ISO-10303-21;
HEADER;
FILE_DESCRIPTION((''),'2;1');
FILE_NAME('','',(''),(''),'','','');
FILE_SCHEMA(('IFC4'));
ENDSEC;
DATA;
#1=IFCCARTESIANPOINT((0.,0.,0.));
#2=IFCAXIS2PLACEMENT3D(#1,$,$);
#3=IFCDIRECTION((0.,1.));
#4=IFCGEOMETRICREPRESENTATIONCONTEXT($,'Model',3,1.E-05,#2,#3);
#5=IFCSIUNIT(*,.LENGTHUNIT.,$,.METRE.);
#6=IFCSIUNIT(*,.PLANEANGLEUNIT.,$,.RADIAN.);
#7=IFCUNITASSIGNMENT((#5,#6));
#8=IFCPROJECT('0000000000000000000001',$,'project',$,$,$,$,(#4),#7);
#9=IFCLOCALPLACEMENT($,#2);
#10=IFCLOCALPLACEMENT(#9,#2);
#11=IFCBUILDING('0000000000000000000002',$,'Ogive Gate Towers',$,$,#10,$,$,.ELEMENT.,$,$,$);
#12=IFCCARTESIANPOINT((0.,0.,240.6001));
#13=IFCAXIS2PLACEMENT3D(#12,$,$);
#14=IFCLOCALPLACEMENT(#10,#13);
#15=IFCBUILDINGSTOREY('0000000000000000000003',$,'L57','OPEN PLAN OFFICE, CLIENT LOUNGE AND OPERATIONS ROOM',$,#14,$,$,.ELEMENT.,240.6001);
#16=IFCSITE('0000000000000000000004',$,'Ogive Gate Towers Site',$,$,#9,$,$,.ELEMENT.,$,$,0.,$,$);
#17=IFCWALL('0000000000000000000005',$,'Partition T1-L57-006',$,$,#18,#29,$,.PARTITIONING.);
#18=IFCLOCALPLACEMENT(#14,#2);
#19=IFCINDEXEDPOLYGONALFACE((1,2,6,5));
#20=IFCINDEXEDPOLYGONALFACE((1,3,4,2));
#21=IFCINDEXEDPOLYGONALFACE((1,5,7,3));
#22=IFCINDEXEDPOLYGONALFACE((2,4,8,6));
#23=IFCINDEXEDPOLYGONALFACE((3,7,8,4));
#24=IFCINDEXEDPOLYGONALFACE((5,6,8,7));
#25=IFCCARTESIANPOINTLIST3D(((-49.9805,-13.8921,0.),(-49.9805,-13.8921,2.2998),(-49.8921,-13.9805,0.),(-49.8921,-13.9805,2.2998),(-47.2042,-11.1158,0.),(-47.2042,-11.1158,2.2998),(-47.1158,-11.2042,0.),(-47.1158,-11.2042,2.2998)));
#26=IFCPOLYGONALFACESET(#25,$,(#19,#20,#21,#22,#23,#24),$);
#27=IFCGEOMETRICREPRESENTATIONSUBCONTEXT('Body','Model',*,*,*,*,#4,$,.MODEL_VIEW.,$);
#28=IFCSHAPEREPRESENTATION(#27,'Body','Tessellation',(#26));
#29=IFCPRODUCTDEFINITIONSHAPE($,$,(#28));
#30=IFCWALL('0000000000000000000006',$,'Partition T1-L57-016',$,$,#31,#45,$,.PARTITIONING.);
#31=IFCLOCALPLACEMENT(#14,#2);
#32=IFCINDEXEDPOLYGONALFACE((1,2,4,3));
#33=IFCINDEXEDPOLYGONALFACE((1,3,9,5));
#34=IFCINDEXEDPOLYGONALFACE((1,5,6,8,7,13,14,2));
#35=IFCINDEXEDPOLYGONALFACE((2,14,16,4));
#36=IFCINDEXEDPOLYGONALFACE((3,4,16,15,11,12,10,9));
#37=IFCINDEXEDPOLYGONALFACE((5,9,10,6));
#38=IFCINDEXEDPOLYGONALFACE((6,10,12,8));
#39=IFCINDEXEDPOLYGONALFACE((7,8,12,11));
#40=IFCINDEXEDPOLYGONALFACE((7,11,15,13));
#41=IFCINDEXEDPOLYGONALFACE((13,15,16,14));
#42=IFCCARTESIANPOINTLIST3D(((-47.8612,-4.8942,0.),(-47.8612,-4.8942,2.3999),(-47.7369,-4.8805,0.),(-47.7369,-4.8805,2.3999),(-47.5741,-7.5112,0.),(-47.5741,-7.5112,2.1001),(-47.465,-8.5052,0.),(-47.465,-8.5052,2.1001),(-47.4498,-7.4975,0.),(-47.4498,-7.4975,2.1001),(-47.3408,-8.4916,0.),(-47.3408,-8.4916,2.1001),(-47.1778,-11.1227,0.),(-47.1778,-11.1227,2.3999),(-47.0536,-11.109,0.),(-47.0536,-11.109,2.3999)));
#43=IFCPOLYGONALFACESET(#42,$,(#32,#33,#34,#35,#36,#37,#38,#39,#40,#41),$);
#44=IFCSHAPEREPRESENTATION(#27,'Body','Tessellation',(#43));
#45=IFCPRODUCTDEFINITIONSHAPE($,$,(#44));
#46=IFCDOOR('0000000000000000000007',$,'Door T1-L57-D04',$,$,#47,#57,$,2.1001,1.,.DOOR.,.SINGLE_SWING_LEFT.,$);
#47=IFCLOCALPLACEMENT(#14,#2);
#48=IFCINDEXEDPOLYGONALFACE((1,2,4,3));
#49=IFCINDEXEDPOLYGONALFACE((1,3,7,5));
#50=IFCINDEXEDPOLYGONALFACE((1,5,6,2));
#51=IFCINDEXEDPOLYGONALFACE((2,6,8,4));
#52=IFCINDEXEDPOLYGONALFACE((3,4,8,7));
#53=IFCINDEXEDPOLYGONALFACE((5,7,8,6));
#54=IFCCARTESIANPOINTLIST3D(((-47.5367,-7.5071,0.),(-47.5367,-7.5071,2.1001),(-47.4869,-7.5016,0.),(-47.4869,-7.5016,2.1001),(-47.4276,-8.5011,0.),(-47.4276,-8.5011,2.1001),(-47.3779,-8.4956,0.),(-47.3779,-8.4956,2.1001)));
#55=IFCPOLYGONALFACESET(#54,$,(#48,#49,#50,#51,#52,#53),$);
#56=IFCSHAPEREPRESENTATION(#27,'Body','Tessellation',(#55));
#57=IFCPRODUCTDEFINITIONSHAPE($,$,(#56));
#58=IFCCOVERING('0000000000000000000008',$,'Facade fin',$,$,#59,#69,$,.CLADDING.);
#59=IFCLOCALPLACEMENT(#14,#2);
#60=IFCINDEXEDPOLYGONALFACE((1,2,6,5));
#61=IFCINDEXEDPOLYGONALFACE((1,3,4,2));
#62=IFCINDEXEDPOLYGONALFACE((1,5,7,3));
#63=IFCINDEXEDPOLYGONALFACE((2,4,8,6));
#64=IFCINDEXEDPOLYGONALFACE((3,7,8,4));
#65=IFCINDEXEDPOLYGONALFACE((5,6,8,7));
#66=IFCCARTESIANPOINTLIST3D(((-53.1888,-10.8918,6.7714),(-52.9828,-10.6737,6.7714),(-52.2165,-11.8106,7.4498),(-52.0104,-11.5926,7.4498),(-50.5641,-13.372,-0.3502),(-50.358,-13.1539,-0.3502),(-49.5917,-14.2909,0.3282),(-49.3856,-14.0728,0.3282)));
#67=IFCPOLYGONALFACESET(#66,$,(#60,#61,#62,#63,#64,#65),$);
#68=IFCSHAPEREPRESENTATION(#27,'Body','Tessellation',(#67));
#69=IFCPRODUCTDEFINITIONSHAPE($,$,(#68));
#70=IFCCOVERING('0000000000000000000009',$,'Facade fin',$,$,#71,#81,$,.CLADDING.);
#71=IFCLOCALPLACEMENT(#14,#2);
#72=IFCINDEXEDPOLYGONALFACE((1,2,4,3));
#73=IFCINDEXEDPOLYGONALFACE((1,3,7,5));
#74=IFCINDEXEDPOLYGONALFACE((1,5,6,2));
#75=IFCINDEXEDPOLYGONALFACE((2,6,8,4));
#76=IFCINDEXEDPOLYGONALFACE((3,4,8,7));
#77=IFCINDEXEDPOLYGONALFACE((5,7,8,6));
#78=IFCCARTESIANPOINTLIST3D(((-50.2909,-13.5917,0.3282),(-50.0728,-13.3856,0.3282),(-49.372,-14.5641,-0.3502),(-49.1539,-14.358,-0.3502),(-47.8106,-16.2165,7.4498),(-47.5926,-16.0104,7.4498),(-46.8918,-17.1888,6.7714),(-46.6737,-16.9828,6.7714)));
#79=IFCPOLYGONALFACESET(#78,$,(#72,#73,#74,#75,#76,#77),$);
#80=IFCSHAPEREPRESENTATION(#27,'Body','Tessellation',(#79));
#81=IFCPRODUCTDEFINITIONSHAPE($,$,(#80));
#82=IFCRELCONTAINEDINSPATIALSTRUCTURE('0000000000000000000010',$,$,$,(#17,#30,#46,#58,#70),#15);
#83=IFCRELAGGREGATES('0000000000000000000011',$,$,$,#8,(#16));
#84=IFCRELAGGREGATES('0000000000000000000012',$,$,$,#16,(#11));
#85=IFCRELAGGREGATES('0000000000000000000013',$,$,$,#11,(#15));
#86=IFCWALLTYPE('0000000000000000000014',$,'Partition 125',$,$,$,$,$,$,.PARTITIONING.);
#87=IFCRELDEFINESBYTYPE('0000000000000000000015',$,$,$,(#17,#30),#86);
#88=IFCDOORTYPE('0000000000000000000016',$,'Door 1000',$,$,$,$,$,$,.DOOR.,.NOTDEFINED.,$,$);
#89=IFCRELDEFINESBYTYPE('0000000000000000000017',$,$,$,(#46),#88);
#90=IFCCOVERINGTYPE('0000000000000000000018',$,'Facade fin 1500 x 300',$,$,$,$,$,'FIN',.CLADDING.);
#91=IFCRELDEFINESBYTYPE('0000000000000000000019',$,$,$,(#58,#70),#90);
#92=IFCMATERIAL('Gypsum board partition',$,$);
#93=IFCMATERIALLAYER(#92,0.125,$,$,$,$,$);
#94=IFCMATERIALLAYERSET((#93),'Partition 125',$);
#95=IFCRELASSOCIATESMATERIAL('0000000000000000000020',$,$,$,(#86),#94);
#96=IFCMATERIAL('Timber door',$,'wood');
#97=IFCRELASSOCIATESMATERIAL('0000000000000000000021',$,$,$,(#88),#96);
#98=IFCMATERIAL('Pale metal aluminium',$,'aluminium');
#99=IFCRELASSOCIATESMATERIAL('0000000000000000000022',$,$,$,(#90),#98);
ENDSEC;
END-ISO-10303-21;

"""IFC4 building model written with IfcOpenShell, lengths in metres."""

from ifc_helpers import new_model, si_unit, direction, frame, frame_2d, origin, origin_2d, place, context, subcontext, project, spatial, rectangle, extrude, material, layer, layer_set, material_profile, profile_set, type_object, element, fill, save


model = new_model("IFC4")

# Units and contexts
model_context = context("Model", 3, precision=1e-05, world=origin(), true_north=direction((0.0, 1.0)))
body_context = subcontext(model_context, "Body", "Model", "MODEL_VIEW")
ifc_project = project(units=[si_unit("LENGTHUNIT", "METRE"), si_unit("PLANEANGLEUNIT", "RADIAN")], contexts=[model_context])

# Site, building, storey
site_placement = place(None, origin())
site = spatial("IfcSite", under=ifc_project, at=site_placement, Name="Ogive Gate Towers Site", CompositionType="ELEMENT", RefElevation=0.0)
building_placement = place(site_placement, origin())
building = spatial("IfcBuilding", under=site, at=building_placement, Name="Ogive Gate Towers", CompositionType="ELEMENT")
storey_placement = place(building_placement, frame((0.0, 0.0, 240.6001)))
storey = spatial("IfcBuildingStorey", under=building, at=storey_placement, Name="L57", Description="OPEN PLAN OFFICE, CLIENT LOUNGE AND OPERATIONS ROOM", CompositionType="ELEMENT", Elevation=240.6001)

# Shared definitions
ifc_material_1 = material(Name="Pale metal aluminium", Category="aluminium")

# Wall
ifc_material_2 = material(Name="Gypsum board partition")
ifc_layer_1 = layer(ifc_material_2, 0.125)
ifc_layer_set_1 = layer_set([ifc_layer_1], Name="Partition 125")
wall_type = type_object("IfcWallType", Name="Partition 125", PredefinedType="PARTITIONING", material=ifc_layer_set_1)
wall_1_placement = place(storey_placement, frame((-49.9363, -13.9363, 0.0), z_axis=(0.0, 0.0, 1.0), x_axis=(0.707107, 0.707107, 0.0)))
element("IfcWall", 1, at=wall_1_placement, inside=storey, type_object=wall_type, Name="Partition T1-L57-006", PredefinedType="PARTITIONING", context=body_context, shape_type="SweptSolid", body=[
    extrude(rectangle(XDim=3.9263, YDim=0.125, at=frame_2d((1.9631, 0.0))), origin(), (0.0, 0.0, 1.0), 2.2998),
])

# Wall, opening, door
wall_2_placement = place(storey_placement, frame((-47.1157, -11.1157, 0.0), z_axis=(0.0, 0.0, 1.0), x_axis=(-0.109059, 0.994035, 0.0)))
wall_2 = element("IfcWall", 2, at=wall_2_placement, inside=storey, type_object=wall_type, Name="Partition T1-L57-016", PredefinedType="PARTITIONING", context=body_context, shape_type="SweptSolid", body=[
    extrude(rectangle(XDim=6.2659, YDim=0.125, at=frame_2d((3.1328, 0.0))), origin(), (0.0, 0.0, 1.0), 2.3999),
])
opening_placement = place(wall_2_placement, frame((2.6331, 0.0, 0.0)))
opening = element("IfcOpeningElement", 3, at=opening_placement, cuts=wall_2, PredefinedType="OPENING", context=body_context, shape_type="SweptSolid", body=[
    extrude(rectangle(XDim=1.0, YDim=2.1001, at=frame_2d((0.5, 1.05))), frame((0.0, 0.0725, 0.0), z_axis=(0.0, -1.0, 0.0), x_axis=(1.0, 0.0, 0.0)), (0.0, 0.0, 1.0), 0.145),
])
ifc_material_3 = material(Name="Timber door", Category="wood")
door_type = type_object("IfcDoorType", Name="Door 1000", OperationType="NOTDEFINED", PredefinedType="DOOR", material=ifc_material_3)
door_placement = place(opening_placement, origin())
door = element("IfcDoor", 4, at=door_placement, inside=storey, type_object=door_type, Name="Door T1-L57-D04", OperationType="SINGLE_SWING_LEFT", OverallHeight=2.1001, OverallWidth=1.0, PredefinedType="DOOR", context=body_context, shape_type="SweptSolid", body=[
    extrude(rectangle(XDim=1.0, YDim=2.1001, at=frame_2d((0.5, 1.05))), frame((0.0, 0.0249, 0.0), z_axis=(0.0, -1.0, 0.0), x_axis=(1.0, 0.0, 0.0)), (0.0, 0.0, 1.0), 0.05),
])
fill(opening, door)

# Coverings
ifc_material_profile_1 = material_profile(ifc_material_1, rectangle(XDim=0.3, YDim=1.5, at=origin_2d()), Name="1500 x 300 pale metal aluminium")
ifc_profile_set_1 = profile_set([ifc_material_profile_1], Name="Pale metal aluminium")
covering_type = type_object("IfcCoveringType", Name="Facade fin 1500 x 300", ElementType="FIN", PredefinedType="CLADDING", material=ifc_profile_set_1)
for number, where, z_axis, x_axis, name in (
    (5, (-49.9749, -13.7224, -0.011), (-0.328717, 0.310616, 0.891887), (-0.686812, -0.726835, 0.0), "Facade fin"),
    (6, (-49.7224, -13.9749, -0.011), (0.310616, -0.328717, 0.891887), (0.726835, 0.686812, 0.0), "Facade fin"),
):
    element("IfcCovering", number, at=place(storey_placement, frame(where, z_axis=z_axis, x_axis=x_axis)), inside=storey, type_object=covering_type, Name=name, PredefinedType="CLADDING", context=body_context, shape_type="SweptSolid", body=[
        extrude(rectangle(XDim=0.3, YDim=1.5, at=origin_2d()), origin(), (0.0, 0.0, 1.0), 7.9849),
    ])

save(model, "model.ifc")
